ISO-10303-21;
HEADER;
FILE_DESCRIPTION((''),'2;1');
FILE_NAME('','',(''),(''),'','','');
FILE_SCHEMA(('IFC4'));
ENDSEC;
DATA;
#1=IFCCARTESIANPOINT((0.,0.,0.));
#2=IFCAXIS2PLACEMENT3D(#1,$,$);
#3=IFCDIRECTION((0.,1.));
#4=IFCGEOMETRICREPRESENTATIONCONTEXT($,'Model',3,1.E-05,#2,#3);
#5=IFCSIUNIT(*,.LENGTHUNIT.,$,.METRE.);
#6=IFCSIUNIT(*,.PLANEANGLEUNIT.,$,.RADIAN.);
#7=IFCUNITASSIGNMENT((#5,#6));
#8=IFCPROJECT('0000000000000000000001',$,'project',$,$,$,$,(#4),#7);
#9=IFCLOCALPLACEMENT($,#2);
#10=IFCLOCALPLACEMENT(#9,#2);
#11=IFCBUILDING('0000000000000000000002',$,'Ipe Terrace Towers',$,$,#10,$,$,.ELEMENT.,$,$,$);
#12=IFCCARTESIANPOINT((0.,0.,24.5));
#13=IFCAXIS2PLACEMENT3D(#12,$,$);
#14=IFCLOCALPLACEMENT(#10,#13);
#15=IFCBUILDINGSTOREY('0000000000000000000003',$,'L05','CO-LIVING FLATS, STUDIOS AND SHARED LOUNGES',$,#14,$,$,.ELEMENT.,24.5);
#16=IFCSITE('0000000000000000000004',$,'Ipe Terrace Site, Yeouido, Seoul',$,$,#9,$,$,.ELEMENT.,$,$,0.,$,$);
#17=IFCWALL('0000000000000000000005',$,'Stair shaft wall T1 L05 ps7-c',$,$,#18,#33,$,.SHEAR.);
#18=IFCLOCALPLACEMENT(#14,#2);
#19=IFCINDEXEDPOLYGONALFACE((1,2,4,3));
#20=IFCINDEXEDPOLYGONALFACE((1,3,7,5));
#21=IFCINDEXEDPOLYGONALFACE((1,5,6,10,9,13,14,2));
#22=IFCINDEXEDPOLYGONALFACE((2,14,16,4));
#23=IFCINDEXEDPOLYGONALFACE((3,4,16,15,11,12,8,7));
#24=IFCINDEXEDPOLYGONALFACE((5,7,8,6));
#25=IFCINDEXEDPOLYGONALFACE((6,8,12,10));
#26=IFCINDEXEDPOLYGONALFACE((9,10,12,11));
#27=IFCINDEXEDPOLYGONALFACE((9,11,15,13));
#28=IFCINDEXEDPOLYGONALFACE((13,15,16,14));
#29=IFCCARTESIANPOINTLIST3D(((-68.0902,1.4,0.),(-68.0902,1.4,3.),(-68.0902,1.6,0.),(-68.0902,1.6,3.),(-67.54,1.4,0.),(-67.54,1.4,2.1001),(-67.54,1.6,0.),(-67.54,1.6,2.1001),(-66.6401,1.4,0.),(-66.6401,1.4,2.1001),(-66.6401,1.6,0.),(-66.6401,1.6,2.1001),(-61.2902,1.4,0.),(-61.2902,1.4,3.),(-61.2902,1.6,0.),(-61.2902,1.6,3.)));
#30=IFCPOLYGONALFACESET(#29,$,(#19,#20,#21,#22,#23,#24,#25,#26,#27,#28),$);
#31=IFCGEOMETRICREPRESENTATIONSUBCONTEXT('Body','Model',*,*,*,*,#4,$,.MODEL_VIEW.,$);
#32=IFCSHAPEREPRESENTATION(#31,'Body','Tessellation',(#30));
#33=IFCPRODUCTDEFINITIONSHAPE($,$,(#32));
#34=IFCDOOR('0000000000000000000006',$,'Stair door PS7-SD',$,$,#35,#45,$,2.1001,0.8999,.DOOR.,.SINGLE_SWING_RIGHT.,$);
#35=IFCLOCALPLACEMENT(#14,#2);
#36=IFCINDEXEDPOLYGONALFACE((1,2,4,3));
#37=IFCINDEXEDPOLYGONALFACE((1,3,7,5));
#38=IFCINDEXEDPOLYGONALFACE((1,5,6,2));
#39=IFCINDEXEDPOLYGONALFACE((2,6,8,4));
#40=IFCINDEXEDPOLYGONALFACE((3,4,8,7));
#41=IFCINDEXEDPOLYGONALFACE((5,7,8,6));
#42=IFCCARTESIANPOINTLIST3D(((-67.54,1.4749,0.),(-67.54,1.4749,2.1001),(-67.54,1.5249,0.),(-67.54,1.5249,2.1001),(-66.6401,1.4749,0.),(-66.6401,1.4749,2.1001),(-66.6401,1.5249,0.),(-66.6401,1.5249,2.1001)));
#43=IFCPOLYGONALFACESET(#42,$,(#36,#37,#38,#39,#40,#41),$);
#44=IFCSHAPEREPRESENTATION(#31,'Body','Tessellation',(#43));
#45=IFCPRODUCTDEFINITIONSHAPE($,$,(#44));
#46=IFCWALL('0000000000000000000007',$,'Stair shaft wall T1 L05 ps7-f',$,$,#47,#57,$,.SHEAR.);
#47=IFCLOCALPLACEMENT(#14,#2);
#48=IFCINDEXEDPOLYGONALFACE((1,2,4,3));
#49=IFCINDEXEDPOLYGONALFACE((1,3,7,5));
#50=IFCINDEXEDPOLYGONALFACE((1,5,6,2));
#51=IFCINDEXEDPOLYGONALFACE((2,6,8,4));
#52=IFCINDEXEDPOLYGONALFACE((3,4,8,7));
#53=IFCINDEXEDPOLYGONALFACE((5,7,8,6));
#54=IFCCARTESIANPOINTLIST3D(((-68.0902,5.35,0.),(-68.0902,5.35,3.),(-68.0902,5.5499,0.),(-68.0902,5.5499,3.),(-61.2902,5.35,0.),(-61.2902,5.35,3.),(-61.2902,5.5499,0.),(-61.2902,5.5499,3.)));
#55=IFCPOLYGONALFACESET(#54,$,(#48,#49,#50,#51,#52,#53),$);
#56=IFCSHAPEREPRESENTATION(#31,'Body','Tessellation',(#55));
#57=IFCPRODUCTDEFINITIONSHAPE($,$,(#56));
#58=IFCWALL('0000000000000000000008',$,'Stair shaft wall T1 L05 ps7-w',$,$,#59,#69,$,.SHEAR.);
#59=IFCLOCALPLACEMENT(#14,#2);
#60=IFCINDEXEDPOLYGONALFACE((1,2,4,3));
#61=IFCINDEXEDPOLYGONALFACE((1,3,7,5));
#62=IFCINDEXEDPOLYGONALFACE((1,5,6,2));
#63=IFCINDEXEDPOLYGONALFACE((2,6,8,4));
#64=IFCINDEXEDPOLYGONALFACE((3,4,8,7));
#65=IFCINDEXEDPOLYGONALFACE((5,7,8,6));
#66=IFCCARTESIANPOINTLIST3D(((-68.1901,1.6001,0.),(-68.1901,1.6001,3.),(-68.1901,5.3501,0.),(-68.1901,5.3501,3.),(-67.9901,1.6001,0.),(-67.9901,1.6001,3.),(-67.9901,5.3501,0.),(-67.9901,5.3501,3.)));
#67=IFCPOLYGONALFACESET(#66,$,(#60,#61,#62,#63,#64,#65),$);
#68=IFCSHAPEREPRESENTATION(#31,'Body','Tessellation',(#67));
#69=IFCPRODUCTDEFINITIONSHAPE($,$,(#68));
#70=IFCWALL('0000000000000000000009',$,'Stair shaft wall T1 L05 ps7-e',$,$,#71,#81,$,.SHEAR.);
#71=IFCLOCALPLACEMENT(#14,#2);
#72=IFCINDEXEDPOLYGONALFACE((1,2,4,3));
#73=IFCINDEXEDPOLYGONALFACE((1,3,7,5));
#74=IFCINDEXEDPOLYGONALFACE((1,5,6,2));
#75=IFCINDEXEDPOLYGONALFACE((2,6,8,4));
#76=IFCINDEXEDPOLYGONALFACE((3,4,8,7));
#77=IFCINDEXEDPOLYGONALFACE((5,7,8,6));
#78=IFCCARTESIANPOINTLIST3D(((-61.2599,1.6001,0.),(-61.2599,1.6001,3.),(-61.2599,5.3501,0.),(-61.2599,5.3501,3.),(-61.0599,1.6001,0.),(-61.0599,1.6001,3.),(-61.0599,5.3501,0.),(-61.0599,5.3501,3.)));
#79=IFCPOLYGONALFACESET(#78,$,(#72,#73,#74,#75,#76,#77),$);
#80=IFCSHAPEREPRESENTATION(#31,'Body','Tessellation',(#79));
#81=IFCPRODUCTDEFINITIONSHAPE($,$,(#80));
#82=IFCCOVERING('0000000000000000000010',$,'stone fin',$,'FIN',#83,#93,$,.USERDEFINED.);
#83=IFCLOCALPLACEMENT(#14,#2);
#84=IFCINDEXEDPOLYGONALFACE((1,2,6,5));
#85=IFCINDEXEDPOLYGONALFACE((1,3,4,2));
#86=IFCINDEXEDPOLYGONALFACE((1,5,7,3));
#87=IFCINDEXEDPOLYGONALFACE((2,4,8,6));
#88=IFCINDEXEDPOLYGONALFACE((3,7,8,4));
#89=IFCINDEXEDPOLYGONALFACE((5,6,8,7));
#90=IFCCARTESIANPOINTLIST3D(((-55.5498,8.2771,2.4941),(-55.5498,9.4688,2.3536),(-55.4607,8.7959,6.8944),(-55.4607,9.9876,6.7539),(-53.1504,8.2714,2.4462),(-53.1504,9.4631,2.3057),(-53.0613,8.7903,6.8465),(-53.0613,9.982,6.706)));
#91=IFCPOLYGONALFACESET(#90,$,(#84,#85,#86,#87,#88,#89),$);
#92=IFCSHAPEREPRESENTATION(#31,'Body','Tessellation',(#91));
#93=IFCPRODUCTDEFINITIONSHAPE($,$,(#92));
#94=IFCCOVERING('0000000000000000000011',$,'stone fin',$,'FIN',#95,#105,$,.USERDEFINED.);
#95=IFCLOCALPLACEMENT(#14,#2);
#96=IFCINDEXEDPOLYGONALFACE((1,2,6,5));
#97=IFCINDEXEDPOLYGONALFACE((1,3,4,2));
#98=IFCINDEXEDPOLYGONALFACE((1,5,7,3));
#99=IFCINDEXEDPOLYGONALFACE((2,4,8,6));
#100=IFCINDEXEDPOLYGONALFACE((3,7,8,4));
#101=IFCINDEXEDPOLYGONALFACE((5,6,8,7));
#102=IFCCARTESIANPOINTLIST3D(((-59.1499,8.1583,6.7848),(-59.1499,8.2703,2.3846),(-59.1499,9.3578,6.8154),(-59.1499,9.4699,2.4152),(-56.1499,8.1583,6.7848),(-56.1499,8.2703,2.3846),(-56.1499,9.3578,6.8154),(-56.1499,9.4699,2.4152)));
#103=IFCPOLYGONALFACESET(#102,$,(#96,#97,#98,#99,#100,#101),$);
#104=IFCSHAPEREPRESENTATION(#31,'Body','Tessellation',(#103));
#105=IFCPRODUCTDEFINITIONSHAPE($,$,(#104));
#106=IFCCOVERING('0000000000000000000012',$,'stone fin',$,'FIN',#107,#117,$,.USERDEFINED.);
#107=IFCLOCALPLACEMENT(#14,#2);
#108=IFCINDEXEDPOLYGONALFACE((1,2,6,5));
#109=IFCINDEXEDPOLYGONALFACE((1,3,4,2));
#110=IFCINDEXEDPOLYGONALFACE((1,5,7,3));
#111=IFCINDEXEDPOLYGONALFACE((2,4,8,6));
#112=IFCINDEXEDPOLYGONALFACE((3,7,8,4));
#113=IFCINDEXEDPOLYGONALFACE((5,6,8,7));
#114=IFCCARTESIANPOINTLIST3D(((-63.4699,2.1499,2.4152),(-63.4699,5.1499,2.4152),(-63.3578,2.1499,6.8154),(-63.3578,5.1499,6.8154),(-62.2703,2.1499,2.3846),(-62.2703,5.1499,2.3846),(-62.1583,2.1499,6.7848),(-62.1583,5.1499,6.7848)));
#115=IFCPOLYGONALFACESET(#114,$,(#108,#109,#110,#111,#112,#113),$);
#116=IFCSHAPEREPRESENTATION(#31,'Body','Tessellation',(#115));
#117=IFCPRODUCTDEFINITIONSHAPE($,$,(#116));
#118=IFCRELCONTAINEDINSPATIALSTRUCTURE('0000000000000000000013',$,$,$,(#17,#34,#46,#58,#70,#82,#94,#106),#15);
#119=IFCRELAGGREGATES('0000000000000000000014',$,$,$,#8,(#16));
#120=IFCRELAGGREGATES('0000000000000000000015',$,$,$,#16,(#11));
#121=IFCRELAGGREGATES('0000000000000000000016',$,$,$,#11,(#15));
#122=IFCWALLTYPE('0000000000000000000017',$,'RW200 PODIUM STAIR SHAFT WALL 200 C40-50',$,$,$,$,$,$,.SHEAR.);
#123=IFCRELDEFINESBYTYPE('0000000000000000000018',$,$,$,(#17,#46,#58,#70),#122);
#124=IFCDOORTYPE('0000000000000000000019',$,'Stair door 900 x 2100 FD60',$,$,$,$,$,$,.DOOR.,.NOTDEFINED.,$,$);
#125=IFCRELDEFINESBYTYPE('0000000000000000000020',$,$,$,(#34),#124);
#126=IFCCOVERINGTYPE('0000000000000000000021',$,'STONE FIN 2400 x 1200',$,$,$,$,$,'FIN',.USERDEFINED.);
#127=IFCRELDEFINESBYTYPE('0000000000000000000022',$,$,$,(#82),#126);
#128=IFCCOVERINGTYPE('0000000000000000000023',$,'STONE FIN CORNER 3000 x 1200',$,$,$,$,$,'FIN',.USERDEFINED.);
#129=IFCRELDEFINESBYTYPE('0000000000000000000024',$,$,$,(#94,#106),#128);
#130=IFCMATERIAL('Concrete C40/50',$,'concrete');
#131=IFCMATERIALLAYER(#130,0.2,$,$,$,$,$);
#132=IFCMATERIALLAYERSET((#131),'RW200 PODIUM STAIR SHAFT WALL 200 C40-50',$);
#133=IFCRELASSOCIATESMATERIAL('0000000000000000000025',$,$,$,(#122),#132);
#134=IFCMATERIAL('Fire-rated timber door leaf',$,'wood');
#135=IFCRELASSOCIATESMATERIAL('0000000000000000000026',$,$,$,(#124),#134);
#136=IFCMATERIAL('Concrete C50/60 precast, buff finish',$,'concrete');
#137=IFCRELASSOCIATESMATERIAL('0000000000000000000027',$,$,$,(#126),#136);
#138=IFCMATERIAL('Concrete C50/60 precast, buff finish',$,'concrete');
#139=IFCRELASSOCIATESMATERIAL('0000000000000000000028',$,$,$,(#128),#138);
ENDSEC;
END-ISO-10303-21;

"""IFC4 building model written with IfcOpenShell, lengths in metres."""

from ifc_helpers import new_model, si_unit, direction, frame, frame_2d, origin, origin_2d, place, context, subcontext, project, spatial, rectangle, extrude, material, layer, layer_set, material_profile, profile_set, type_object, element, fill, save


model = new_model("IFC4")

# Units and contexts
model_context = context("Model", 3, precision=1e-05, world=origin(), true_north=direction((0.0, 1.0)))
body_context = subcontext(model_context, "Body", "Model", "MODEL_VIEW")
ifc_project = project(units=[si_unit("LENGTHUNIT", "METRE"), si_unit("PLANEANGLEUNIT", "RADIAN")], contexts=[model_context])

# Site, building, storey
site_placement = place(None, origin())
site = spatial("IfcSite", under=ifc_project, at=site_placement, Name="Ipe Terrace Site, Yeouido, Seoul", CompositionType="ELEMENT", RefElevation=0.0)
building_placement = place(site_placement, origin())
building = spatial("IfcBuilding", under=site, at=building_placement, Name="Ipe Terrace Towers", CompositionType="ELEMENT")
storey_placement = place(building_placement, frame((0.0, 0.0, 24.5)))
storey = spatial("IfcBuildingStorey", under=building, at=storey_placement, Name="L05", Description="CO-LIVING FLATS, STUDIOS AND SHARED LOUNGES", CompositionType="ELEMENT", Elevation=24.5)

# Wall, opening, door
ifc_material_1 = material(Name="Concrete C40/50", Category="concrete")
ifc_layer_1 = layer(ifc_material_1, 0.2)
ifc_layer_set_1 = layer_set([ifc_layer_1], Name="RW200 PODIUM STAIR SHAFT WALL 200 C40-50")
wall_type_1 = type_object("IfcWallType", Name="RW200 PODIUM STAIR SHAFT WALL 200 C40-50", PredefinedType="SHEAR", material=ifc_layer_set_1)
wall_1_placement = place(storey_placement, frame((-68.0901, 1.5, 0.0), z_axis=(0.0, 0.0, 1.0), x_axis=(1.0, 0.0, 0.0)))
wall_1 = element("IfcWall", 1, at=wall_1_placement, inside=storey, type_object=wall_type_1, Name="Stair shaft wall T1 L05 ps7-c", PredefinedType="SHEAR", context=body_context, shape_type="SweptSolid", body=[
    extrude(rectangle(XDim=6.8, YDim=0.2, at=frame_2d((3.3999, 0.0))), origin(), (0.0, 0.0, 1.0), 3.0),
])
opening_1_placement = place(wall_1_placement, frame((0.55, 0.0, 0.0)))
opening_1 = element("IfcOpeningElement", 2, at=opening_1_placement, cuts=wall_1, PredefinedType="OPENING", context=body_context, shape_type="SweptSolid", body=[
    extrude(rectangle(XDim=0.8999, YDim=2.1001, at=frame_2d((0.45, 1.05))), frame((0.0, 0.1099, 0.0), z_axis=(0.0, -1.0, 0.0), x_axis=(1.0, 0.0, 0.0)), (0.0, 0.0, 1.0), 0.22),
])
ifc_material_2 = material(Name="Fire-rated timber door leaf", Category="wood")
door_type_1 = type_object("IfcDoorType", Name="Stair door 900 x 2100 FD60", OperationType="NOTDEFINED", PredefinedType="DOOR", material=ifc_material_2)
door_1_placement = place(opening_1_placement, origin())
door_1 = element("IfcDoor", 3, at=door_1_placement, inside=storey, type_object=door_type_1, Name="Stair door PS7-SD", OperationType="SINGLE_SWING_RIGHT", OverallHeight=2.1001, OverallWidth=0.8999, PredefinedType="DOOR", context=body_context, shape_type="SweptSolid", body=[
    extrude(rectangle(XDim=0.8999, YDim=2.1001, at=frame_2d((0.45, 1.05))), frame((0.0, 0.0249, 0.0), z_axis=(0.0, -1.0, 0.0), x_axis=(1.0, 0.0, 0.0)), (0.0, 0.0, 1.0), 0.05),
])
fill(opening_1, door_1)

# Walls
wall_2_placement = place(storey_placement, frame((-68.0901, 5.45, 0.0), z_axis=(0.0, 0.0, 1.0), x_axis=(1.0, 0.0, 0.0)))
element("IfcWall", 4, at=wall_2_placement, inside=storey, type_object=wall_type_1, Name="Stair shaft wall T1 L05 ps7-f", PredefinedType="SHEAR", context=body_context, shape_type="SweptSolid", body=[
    extrude(rectangle(XDim=6.8, YDim=0.2, at=frame_2d((3.3999, 0.0))), origin(), (0.0, 0.0, 1.0), 3.0),
])
for number, where, z_axis, x_axis, name in (
    (5, (-68.0901, 1.6001, 0.0), (0.0, 0.0, 1.0), (0.0, 1.0, 0.0), "Stair shaft wall T1 L05 ps7-w"),
    (6, (-61.1599, 1.6001, 0.0), (0.0, 0.0, 1.0), (0.0, 1.0, 0.0), "Stair shaft wall T1 L05 ps7-e"),
):
    element("IfcWall", number, at=place(storey_placement, frame(where, z_axis=z_axis, x_axis=x_axis)), inside=storey, type_object=wall_type_1, Name=name, PredefinedType="SHEAR", context=body_context, shape_type="SweptSolid", body=[
        extrude(rectangle(XDim=3.75, YDim=0.2, at=frame_2d((1.875, 0.0))), origin(), (0.0, 0.0, 1.0), 3.0),
    ])

# Coverings
ifc_material_3 = material(Name="Concrete C50/60 precast, buff finish", Category="concrete")
ifc_material_profile_1 = material_profile(ifc_material_3, rectangle(XDim=2.3999, YDim=1.2, at=origin_2d()), Name="STONE FIN 2400 x 1200")
ifc_profile_set_1 = profile_set([ifc_material_profile_1], Name="Concrete C50/60 precast, buff finish")
covering_type_1 = type_object("IfcCoveringType", Name="STONE FIN 2400 x 1200", ElementType="FIN", PredefinedType="USERDEFINED", material=ifc_profile_set_1)
covering_placement = place(storey_placement, frame((-54.3501, 8.8701, 2.3999), z_axis=(0.020109, 0.11707, 0.99292), x_axis=(-0.999798, 0.002355, 0.01997)))
element("IfcCovering", 7, at=covering_placement, inside=storey, type_object=covering_type_1, Name="stone fin", ObjectType="FIN", PredefinedType="USERDEFINED", context=body_context, shape_type="SweptSolid", body=[
    extrude(rectangle(XDim=2.3999, YDim=1.2, at=origin_2d()), origin(), (0.0, 0.0, 1.0), 4.4316),
])
ifc_material_4 = material(Name="Concrete C50/60 precast, buff finish", Category="concrete")
ifc_material_profile_2 = material_profile(ifc_material_4, rectangle(XDim=3.0, YDim=1.2, at=origin_2d()), Name="STONE FIN CORNER 3000 x 1200")
ifc_profile_set_2 = profile_set([ifc_material_profile_2], Name="Concrete C50/60 precast, buff finish")
covering_type_2 = type_object("IfcCoveringType", Name="STONE FIN CORNER 3000 x 1200", ElementType="FIN", PredefinedType="USERDEFINED", material=ifc_profile_set_2)
for number, where, z_axis, x_axis, name in (
    (8, (-57.6499, 8.8701, 2.3999), (0.0, -0.025459, 0.999676), (-1.0, 0.0, 0.0), "stone fin"),
    (9, (-62.8701, 3.6499, 2.3999), (0.025459, 0.0, 0.999676), (0.0, -1.0, 0.0), "stone fin"),
):
    element("IfcCovering", number, at=place(storey_placement, frame(where, z_axis=z_axis, x_axis=x_axis)), inside=storey, type_object=covering_type_2, Name=name, ObjectType="FIN", PredefinedType="USERDEFINED", context=body_context, shape_type="SweptSolid", body=[
        extrude(rectangle(XDim=3.0, YDim=1.2, at=origin_2d()), origin(), (0.0, 0.0, 1.0), 4.4016),
    ])

save(model, "model.ifc")
